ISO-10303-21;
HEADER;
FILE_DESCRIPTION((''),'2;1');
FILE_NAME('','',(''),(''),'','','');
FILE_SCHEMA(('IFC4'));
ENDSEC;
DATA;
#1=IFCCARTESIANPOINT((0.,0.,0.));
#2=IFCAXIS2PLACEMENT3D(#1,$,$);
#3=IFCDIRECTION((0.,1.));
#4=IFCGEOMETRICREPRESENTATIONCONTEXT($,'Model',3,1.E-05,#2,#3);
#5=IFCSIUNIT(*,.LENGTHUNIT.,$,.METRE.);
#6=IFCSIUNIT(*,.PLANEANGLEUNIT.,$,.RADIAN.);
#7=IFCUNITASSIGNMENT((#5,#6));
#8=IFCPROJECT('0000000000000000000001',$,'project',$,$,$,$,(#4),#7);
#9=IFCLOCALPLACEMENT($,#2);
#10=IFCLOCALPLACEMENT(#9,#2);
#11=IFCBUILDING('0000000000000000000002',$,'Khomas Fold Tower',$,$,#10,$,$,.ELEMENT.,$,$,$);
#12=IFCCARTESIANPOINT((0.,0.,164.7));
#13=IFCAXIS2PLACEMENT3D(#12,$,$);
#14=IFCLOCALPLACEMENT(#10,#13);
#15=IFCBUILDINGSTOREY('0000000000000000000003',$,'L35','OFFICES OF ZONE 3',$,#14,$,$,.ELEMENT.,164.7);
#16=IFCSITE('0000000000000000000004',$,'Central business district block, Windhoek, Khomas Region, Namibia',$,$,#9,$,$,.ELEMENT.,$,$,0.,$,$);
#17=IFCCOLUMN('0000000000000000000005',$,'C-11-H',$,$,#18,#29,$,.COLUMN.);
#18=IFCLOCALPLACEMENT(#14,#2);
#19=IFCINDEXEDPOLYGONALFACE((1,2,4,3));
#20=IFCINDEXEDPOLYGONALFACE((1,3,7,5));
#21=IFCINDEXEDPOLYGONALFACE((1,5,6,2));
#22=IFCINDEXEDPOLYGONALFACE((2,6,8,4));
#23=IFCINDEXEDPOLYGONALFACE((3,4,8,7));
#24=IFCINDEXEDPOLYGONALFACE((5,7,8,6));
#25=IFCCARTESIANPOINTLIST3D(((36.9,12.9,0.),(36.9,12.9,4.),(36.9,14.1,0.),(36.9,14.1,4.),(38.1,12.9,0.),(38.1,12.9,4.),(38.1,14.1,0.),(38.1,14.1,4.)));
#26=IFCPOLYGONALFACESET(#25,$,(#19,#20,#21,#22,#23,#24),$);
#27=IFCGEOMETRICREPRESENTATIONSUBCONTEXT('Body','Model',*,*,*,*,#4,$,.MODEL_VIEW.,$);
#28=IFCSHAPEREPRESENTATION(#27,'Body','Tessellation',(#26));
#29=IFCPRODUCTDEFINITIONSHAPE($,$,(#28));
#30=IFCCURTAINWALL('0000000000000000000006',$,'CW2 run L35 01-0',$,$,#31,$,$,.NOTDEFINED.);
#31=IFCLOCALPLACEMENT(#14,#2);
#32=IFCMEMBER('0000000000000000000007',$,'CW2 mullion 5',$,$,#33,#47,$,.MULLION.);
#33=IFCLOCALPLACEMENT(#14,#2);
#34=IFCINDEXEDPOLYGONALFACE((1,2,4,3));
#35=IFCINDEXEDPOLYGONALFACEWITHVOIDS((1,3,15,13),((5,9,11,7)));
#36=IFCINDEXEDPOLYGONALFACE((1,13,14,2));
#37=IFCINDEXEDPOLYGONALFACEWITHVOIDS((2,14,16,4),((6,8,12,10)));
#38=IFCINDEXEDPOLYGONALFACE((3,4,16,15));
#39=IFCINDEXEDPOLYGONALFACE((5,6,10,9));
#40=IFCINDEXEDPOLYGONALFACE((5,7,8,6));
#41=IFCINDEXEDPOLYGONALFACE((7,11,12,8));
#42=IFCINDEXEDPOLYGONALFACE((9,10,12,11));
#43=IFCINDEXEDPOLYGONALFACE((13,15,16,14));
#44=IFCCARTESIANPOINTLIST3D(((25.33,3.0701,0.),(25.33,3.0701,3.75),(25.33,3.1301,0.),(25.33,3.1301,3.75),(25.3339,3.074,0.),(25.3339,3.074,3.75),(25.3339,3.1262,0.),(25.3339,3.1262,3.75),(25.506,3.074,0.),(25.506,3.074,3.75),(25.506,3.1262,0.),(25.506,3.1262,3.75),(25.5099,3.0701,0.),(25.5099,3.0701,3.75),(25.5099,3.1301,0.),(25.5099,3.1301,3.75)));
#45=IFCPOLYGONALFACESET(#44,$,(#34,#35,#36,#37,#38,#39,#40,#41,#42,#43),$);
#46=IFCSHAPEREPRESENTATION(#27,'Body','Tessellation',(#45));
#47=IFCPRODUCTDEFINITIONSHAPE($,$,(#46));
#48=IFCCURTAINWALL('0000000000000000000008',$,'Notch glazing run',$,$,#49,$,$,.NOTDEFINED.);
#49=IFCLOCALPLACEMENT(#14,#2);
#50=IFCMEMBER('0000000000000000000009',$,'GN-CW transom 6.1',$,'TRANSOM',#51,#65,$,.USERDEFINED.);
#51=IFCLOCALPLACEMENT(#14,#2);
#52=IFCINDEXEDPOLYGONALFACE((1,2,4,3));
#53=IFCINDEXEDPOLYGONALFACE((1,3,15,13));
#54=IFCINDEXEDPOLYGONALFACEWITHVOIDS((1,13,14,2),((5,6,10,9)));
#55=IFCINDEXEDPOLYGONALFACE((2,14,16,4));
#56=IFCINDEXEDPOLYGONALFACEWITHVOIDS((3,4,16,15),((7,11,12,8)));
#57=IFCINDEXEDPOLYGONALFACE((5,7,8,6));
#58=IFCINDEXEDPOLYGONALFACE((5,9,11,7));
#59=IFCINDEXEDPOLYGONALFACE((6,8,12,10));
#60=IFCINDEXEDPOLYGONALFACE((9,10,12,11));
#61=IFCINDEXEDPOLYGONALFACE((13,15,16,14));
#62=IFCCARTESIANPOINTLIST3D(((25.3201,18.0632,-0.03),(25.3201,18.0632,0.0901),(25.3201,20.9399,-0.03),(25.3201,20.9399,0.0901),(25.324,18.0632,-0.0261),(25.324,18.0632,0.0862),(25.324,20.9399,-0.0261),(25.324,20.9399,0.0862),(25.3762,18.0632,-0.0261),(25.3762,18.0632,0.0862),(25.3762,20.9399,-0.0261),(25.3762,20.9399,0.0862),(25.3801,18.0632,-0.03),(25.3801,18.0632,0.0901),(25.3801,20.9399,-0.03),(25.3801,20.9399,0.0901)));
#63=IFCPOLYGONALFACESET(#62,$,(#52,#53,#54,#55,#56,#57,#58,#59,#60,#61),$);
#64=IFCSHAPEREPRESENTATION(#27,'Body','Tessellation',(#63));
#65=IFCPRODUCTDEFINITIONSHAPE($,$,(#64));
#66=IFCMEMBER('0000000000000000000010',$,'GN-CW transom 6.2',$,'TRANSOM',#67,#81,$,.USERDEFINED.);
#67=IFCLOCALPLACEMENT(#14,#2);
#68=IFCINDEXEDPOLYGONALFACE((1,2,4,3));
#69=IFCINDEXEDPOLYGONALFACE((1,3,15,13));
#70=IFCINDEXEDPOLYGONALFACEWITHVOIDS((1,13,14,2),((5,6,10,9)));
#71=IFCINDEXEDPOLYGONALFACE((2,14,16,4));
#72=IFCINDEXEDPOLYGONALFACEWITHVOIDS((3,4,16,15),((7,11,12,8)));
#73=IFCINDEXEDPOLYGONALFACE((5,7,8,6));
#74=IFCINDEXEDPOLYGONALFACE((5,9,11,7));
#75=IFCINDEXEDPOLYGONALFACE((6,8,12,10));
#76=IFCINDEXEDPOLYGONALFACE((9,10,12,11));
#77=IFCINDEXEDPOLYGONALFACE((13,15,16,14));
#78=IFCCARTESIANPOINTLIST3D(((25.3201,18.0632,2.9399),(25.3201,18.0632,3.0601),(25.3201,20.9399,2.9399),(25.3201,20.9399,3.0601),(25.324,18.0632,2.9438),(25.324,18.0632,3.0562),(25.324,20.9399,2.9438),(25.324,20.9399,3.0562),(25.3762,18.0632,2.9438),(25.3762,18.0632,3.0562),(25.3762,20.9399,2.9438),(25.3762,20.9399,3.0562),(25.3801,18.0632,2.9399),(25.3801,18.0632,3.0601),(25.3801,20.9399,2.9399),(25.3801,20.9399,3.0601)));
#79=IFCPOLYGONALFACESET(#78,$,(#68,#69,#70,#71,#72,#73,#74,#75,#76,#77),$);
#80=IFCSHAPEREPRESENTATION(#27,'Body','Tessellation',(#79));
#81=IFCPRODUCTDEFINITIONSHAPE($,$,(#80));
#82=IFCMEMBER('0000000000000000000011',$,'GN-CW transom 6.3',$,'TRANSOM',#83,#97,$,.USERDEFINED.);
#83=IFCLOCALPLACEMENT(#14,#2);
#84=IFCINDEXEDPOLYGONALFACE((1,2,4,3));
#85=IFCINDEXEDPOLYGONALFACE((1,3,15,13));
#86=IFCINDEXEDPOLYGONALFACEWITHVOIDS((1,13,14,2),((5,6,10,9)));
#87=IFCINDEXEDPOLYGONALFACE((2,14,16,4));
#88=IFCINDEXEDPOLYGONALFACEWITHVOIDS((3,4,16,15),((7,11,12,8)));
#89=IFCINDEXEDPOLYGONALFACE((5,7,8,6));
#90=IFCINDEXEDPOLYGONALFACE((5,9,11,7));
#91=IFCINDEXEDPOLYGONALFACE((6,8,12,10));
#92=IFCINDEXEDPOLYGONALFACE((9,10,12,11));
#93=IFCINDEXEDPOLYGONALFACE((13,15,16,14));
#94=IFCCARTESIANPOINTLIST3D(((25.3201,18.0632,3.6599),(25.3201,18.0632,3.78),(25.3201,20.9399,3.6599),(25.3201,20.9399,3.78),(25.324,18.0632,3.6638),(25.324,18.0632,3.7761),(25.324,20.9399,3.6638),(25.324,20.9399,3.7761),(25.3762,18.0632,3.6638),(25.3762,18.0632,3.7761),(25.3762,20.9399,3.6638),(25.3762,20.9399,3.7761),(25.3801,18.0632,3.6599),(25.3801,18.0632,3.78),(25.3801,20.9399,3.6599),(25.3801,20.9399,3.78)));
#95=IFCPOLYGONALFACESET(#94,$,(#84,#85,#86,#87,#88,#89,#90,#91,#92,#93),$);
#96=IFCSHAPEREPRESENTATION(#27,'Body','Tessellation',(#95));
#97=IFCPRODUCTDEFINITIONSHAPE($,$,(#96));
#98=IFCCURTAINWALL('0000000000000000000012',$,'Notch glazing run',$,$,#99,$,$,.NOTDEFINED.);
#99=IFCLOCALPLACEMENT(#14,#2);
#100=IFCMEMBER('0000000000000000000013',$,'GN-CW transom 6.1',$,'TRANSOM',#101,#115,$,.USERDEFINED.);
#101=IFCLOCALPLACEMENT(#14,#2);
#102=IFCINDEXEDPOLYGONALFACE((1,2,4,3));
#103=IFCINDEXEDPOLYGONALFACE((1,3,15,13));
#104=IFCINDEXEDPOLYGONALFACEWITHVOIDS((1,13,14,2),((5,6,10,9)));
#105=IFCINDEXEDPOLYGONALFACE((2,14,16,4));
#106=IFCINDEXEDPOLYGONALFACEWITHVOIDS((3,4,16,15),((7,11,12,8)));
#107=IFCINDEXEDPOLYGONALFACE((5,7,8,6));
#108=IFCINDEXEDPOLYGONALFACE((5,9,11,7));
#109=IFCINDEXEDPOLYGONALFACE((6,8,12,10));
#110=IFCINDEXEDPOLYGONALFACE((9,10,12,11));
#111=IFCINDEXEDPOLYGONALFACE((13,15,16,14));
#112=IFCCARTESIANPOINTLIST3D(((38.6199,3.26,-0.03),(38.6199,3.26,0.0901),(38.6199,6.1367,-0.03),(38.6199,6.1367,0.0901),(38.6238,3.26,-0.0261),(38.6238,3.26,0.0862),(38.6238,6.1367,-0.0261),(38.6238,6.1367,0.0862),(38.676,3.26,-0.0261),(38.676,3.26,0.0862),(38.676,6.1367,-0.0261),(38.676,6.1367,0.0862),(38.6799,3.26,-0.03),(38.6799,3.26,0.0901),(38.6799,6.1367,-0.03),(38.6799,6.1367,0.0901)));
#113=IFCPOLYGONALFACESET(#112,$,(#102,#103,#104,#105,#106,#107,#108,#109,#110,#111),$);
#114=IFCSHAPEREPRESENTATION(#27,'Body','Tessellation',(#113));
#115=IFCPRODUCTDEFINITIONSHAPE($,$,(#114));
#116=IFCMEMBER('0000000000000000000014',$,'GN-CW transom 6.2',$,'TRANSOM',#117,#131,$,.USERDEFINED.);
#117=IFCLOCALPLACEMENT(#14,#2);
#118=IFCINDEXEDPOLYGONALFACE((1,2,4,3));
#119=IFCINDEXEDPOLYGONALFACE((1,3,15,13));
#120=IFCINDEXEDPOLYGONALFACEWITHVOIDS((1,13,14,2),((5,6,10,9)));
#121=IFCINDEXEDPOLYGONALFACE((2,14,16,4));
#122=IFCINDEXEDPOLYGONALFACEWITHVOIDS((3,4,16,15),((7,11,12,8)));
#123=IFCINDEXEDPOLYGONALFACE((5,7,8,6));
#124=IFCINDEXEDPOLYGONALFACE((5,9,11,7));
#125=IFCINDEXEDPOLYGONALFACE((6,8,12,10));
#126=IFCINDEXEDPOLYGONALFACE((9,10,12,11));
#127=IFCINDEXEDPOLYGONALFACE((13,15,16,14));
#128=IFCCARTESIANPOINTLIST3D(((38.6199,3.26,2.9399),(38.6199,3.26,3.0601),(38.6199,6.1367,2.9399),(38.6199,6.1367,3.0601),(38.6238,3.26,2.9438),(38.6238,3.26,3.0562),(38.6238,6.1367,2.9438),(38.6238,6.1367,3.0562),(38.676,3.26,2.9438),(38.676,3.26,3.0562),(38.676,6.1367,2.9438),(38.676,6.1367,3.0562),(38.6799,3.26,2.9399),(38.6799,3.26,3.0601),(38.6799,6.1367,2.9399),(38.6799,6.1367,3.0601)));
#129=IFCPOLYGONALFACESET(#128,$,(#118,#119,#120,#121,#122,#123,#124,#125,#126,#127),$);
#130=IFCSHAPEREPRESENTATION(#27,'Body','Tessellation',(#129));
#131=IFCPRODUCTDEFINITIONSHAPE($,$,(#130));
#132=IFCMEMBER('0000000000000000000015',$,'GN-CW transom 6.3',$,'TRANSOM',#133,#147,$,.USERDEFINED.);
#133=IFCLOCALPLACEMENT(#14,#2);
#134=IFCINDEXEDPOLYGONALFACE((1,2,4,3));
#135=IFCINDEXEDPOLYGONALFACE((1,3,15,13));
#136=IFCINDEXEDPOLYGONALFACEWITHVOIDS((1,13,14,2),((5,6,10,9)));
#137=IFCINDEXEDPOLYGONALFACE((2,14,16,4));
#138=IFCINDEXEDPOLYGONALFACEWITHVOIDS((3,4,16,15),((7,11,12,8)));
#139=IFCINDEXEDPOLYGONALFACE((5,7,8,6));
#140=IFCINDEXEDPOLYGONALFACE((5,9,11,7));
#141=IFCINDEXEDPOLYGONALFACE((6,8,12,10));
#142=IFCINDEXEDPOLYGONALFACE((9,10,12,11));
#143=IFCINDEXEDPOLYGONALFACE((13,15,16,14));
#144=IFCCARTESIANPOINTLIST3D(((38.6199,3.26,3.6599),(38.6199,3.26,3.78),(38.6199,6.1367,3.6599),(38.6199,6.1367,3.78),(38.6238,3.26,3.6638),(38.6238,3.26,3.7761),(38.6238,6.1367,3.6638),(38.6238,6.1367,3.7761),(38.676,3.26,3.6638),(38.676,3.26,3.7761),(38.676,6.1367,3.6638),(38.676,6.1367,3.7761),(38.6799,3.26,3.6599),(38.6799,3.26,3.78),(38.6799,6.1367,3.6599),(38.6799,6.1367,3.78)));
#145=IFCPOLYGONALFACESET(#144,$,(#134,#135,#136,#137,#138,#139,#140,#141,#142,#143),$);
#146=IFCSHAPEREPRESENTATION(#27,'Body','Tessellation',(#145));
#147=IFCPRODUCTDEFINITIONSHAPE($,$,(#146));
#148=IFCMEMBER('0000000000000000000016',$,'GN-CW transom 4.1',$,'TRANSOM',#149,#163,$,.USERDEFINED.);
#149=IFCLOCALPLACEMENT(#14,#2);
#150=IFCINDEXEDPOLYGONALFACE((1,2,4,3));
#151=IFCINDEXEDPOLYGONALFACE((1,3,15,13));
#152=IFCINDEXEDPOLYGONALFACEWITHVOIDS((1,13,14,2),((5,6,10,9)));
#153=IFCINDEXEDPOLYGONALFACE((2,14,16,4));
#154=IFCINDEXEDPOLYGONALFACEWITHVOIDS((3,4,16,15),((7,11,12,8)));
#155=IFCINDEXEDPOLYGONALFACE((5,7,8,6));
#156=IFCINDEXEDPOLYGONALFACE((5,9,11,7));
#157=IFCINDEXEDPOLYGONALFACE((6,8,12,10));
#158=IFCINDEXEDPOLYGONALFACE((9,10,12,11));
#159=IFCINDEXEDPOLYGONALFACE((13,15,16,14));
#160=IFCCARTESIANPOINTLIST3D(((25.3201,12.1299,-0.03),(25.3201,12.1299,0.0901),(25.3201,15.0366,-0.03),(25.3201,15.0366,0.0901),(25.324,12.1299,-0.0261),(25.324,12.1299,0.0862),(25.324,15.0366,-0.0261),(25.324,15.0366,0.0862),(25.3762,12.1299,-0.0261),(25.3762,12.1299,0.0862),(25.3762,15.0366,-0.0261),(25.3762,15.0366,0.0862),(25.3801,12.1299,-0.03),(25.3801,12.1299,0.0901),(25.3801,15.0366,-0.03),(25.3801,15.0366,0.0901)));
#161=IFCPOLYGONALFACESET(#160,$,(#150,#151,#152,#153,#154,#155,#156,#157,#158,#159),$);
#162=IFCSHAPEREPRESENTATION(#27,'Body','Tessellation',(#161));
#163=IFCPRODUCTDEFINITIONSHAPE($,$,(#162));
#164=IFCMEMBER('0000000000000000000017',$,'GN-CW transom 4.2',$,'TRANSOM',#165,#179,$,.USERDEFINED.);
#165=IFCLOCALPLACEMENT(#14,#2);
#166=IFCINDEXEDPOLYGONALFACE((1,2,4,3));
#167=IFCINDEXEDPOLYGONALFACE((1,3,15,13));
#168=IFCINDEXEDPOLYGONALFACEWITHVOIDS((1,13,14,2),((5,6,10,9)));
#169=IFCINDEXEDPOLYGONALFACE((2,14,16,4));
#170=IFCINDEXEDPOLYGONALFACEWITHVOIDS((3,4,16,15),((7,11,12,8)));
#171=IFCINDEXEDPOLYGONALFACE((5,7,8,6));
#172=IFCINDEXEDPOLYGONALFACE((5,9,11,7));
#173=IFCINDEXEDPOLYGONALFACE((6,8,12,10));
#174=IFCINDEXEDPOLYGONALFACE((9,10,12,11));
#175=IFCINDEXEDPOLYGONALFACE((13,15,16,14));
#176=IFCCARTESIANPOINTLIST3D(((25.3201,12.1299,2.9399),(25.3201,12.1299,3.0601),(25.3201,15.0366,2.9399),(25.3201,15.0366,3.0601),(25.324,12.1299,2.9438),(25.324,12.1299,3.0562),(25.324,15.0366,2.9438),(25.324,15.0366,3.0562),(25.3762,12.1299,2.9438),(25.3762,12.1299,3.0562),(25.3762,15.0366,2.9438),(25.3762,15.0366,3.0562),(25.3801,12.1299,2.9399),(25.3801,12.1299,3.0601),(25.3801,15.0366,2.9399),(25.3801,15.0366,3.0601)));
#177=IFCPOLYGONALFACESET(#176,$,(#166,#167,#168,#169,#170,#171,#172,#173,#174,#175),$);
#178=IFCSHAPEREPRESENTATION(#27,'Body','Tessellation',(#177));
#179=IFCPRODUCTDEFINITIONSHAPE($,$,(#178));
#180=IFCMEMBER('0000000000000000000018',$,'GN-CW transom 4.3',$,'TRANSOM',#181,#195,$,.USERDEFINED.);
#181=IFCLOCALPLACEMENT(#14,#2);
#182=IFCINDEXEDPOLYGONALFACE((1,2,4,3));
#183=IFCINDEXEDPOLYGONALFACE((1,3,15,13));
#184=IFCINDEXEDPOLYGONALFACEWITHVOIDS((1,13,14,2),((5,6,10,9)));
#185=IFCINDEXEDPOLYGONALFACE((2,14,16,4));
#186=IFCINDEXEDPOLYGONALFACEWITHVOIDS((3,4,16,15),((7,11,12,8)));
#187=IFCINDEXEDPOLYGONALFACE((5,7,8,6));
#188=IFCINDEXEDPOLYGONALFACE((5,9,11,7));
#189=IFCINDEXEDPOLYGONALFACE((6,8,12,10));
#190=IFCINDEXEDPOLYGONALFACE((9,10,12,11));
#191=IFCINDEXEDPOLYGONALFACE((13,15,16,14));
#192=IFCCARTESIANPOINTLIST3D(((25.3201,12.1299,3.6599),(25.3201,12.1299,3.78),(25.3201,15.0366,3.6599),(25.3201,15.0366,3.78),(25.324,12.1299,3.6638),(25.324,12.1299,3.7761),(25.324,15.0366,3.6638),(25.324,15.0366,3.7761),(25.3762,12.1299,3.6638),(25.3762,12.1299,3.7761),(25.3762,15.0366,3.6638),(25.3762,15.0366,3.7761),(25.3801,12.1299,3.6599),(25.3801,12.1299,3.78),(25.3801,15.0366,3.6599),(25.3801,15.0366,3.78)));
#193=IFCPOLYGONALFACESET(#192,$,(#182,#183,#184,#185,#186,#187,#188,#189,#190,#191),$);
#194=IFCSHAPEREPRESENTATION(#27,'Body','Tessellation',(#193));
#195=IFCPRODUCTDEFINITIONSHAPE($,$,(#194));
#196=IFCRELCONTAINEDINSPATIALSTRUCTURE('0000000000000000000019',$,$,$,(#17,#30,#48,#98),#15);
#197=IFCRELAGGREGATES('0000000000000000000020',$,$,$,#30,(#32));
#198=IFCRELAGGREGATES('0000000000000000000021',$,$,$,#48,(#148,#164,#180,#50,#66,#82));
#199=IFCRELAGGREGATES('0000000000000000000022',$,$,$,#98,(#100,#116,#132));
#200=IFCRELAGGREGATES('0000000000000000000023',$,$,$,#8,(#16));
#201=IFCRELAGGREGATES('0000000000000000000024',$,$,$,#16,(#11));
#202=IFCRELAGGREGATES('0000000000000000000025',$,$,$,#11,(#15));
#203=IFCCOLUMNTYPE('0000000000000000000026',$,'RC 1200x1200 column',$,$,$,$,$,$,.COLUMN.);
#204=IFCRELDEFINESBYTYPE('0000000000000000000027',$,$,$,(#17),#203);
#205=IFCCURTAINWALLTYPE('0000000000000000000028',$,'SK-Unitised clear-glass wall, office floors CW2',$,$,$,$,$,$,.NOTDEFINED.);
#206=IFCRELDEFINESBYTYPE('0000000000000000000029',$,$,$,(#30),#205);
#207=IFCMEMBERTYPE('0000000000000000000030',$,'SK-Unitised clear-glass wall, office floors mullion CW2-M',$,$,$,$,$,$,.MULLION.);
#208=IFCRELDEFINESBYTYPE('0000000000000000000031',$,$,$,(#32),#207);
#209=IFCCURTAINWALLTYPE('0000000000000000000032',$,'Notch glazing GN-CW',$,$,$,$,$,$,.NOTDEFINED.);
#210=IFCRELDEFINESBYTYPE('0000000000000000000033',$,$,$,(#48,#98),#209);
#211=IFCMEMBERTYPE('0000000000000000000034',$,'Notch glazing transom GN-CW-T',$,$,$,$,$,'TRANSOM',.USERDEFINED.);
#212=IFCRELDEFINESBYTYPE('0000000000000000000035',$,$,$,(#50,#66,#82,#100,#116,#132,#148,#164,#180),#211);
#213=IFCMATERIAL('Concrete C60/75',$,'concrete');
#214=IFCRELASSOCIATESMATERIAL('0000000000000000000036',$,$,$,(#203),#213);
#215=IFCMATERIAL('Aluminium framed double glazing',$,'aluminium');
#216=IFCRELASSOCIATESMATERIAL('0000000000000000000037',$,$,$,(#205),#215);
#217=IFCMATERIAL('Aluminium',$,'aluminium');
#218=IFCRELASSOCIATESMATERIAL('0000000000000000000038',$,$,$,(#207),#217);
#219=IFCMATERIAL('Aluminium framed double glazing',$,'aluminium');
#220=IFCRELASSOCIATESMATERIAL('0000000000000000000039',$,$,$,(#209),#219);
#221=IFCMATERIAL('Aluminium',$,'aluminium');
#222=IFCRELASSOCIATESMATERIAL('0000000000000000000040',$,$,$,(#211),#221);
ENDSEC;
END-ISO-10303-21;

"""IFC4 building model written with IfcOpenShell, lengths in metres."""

from ifc_helpers import new_model, si_unit, direction, frame, origin, origin_2d, place, context, subcontext, project, spatial, rectangle, hollow_rectangle, extrude, source, transform, mapped, material, material_profile, profile_set, type_object, element, aggregate, save


model = new_model("IFC4")

# Units and contexts
model_context = context("Model", 3, precision=1e-05, world=origin(), true_north=direction((0.0, 1.0)))
body_context = subcontext(model_context, "Body", "Model", "MODEL_VIEW")
ifc_project = project(units=[si_unit("LENGTHUNIT", "METRE"), si_unit("PLANEANGLEUNIT", "RADIAN")], contexts=[model_context])

# Site, building, storey
site_placement = place(None, origin())
site = spatial("IfcSite", under=ifc_project, at=site_placement, Name="Central business district block, Windhoek, Khomas Region, Namibia", CompositionType="ELEMENT", RefElevation=0.0)
building_placement = place(site_placement, origin())
building = spatial("IfcBuilding", under=site, at=building_placement, Name="Khomas Fold Tower", CompositionType="ELEMENT")
storey_placement = place(building_placement, frame((0.0, 0.0, 164.7)))
storey = spatial("IfcBuildingStorey", under=building, at=storey_placement, Name="L35", Description="OFFICES OF ZONE 3", CompositionType="ELEMENT", Elevation=164.7)

# Column
ifc_material_1 = material(Name="Concrete C60/75", Category="concrete")
ifc_material_profile_1 = material_profile(ifc_material_1, rectangle(XDim=1.2, YDim=1.2, at=origin_2d()), Name="RC 1200x1200")
ifc_profile_set_1 = profile_set([ifc_material_profile_1], Name="Concrete C60/75")
column_type = type_object("IfcColumnType", Name="RC 1200x1200 column", PredefinedType="COLUMN", material=ifc_profile_set_1)
shared_shape_1 = source(origin(), body_context, "Body", "SweptSolid", [
    extrude(rectangle(XDim=1.2, YDim=1.2, at=origin_2d()), origin(), (0.0, 0.0, 1.0), 4.0),
])
column_placement = place(storey_placement, frame((37.5, 13.5, 0.0), z_axis=(0.0, 0.0, 1.0), x_axis=(1.0, 0.0, 0.0)))
element("IfcColumn", 1, at=column_placement, inside=storey, type_object=column_type, Name="C-11-H", PredefinedType="COLUMN", context=body_context, shape_type="MappedRepresentation", body=[
    mapped(shared_shape_1, transform((0.0, 0.0, 0.0))),
])

# Curtain wall, member
ifc_material_2 = material(Name="Aluminium framed double glazing", Category="aluminium")
curtain_wall_type_1 = type_object("IfcCurtainWallType", Name="SK-Unitised clear-glass wall, office floors CW2", PredefinedType="NOTDEFINED", material=ifc_material_2)
curtain_wall_1_placement = place(storey_placement, origin())
curtain_wall_1 = element("IfcCurtainWall", 2, at=curtain_wall_1_placement, inside=storey, type_object=curtain_wall_type_1, Name="CW2 run L35 01-0", PredefinedType="NOTDEFINED")
ifc_material_3 = material(Name="Aluminium", Category="aluminium")
ifc_material_profile_2 = material_profile(ifc_material_3, hollow_rectangle(XDim=0.0601, YDim=0.1799, WallThickness=0.0039, at=origin_2d()), Name="SK-Unitised clear-glass wall, office floors mullion CW2-M")
ifc_profile_set_2 = profile_set([ifc_material_profile_2], Name="Aluminium")
member_type_1 = type_object("IfcMemberType", Name="SK-Unitised clear-glass wall, office floors mullion CW2-M", PredefinedType="MULLION", material=ifc_profile_set_2)
shared_shape_2 = source(origin(), body_context, "Body", "SweptSolid", [
    extrude(hollow_rectangle(XDim=0.0601, YDim=0.1799, WallThickness=0.0039, at=origin_2d()), origin(), (0.0, 0.0, 1.0), 3.75),
])
member_1_placement = place(storey_placement, frame((25.4199, 3.1001, 0.0), z_axis=(0.0, 0.0, 1.0), x_axis=(0.0, 1.0, 0.0)))
member_1 = element("IfcMember", 3, at=member_1_placement, type_object=member_type_1, Name="CW2 mullion 5", PredefinedType="MULLION", context=body_context, shape_type="MappedRepresentation", body=[
    mapped(shared_shape_2, transform((0.0, 0.0, 0.0))),
])
aggregate(curtain_wall_1, [member_1])

# Curtain walls, members
ifc_material_4 = material(Name="Aluminium framed double glazing", Category="aluminium")
curtain_wall_type_2 = type_object("IfcCurtainWallType", Name="Notch glazing GN-CW", PredefinedType="NOTDEFINED", material=ifc_material_4)
curtain_wall_2_placement = place(storey_placement, origin())
curtain_wall_2 = element("IfcCurtainWall", 4, at=curtain_wall_2_placement, inside=storey, type_object=curtain_wall_type_2, Name="Notch glazing run", PredefinedType="NOTDEFINED")
ifc_material_5 = material(Name="Aluminium", Category="aluminium")
ifc_material_profile_3 = material_profile(ifc_material_5, hollow_rectangle(XDim=0.0601, YDim=0.1201, WallThickness=0.0039, at=origin_2d()), Name="Notch glazing transom GN-CW-T")
ifc_profile_set_3 = profile_set([ifc_material_profile_3], Name="Aluminium")
member_type_2 = type_object("IfcMemberType", Name="Notch glazing transom GN-CW-T", ElementType="TRANSOM", PredefinedType="USERDEFINED", material=ifc_profile_set_3)
shared_shape_3 = source(origin(), body_context, "Body", "SweptSolid", [
    extrude(hollow_rectangle(XDim=0.0601, YDim=0.1201, WallThickness=0.0039, at=origin_2d()), origin(), (0.0, 0.0, 1.0), 2.8767),
])
member_2_placement = place(storey_placement, frame((25.3501, 18.0632, 0.03), z_axis=(0.0, 1.0, 0.0), x_axis=(-1.0, 0.0, 0.0)))
member_2 = element("IfcMember", 5, at=member_2_placement, type_object=member_type_2, Name="GN-CW transom 6.1", ObjectType="TRANSOM", PredefinedType="USERDEFINED", context=body_context, shape_type="MappedRepresentation", body=[
    mapped(shared_shape_3, transform((0.0, 0.0, 0.0))),
])
member_3_placement = place(storey_placement, frame((25.3501, 18.0632, 3.0), z_axis=(0.0, 1.0, 0.0), x_axis=(-1.0, 0.0, 0.0)))
member_3 = element("IfcMember", 6, at=member_3_placement, type_object=member_type_2, Name="GN-CW transom 6.2", ObjectType="TRANSOM", PredefinedType="USERDEFINED", context=body_context, shape_type="MappedRepresentation", body=[
    mapped(shared_shape_3, transform((0.0, 0.0, 0.0))),
])
member_4_placement = place(storey_placement, frame((25.3501, 18.0632, 3.72), z_axis=(0.0, 1.0, 0.0), x_axis=(-1.0, 0.0, 0.0)))
member_4 = element("IfcMember", 7, at=member_4_placement, type_object=member_type_2, Name="GN-CW transom 6.3", ObjectType="TRANSOM", PredefinedType="USERDEFINED", context=body_context, shape_type="MappedRepresentation", body=[
    mapped(shared_shape_3, transform((0.0, 0.0, 0.0))),
])
curtain_wall_3_placement = place(storey_placement, origin())
curtain_wall_3 = element("IfcCurtainWall", 8, at=curtain_wall_3_placement, inside=storey, type_object=curtain_wall_type_2, Name="Notch glazing run", PredefinedType="NOTDEFINED")
member_5_placement = place(storey_placement, frame((38.6499, 6.1367, 0.03), z_axis=(0.0, -1.0, 0.0), x_axis=(1.0, 0.0, 0.0)))
member_5 = element("IfcMember", 9, at=member_5_placement, type_object=member_type_2, Name="GN-CW transom 6.1", ObjectType="TRANSOM", PredefinedType="USERDEFINED", context=body_context, shape_type="MappedRepresentation", body=[
    mapped(shared_shape_3, transform((0.0, 0.0, 0.0))),
])
member_6_placement = place(storey_placement, frame((38.6499, 6.1367, 3.0), z_axis=(0.0, -1.0, 0.0), x_axis=(1.0, 0.0, 0.0)))
member_6 = element("IfcMember", 10, at=member_6_placement, type_object=member_type_2, Name="GN-CW transom 6.2", ObjectType="TRANSOM", PredefinedType="USERDEFINED", context=body_context, shape_type="MappedRepresentation", body=[
    mapped(shared_shape_3, transform((0.0, 0.0, 0.0))),
])
member_7_placement = place(storey_placement, frame((38.6499, 6.1367, 3.72), z_axis=(0.0, -1.0, 0.0), x_axis=(1.0, 0.0, 0.0)))
member_7 = element("IfcMember", 11, at=member_7_placement, type_object=member_type_2, Name="GN-CW transom 6.3", ObjectType="TRANSOM", PredefinedType="USERDEFINED", context=body_context, shape_type="MappedRepresentation", body=[
    mapped(shared_shape_3, transform((0.0, 0.0, 0.0))),
])

# Members
shared_shape_4 = source(origin(), body_context, "Body", "SweptSolid", [
    extrude(hollow_rectangle(XDim=0.0601, YDim=0.1201, WallThickness=0.0039, at=origin_2d()), origin(), (0.0, 0.0, 1.0), 2.9067),
])
member_8_placement = place(storey_placement, frame((25.3501, 12.1299, 0.03), z_axis=(0.0, 1.0, 0.0), x_axis=(-1.0, 0.0, 0.0)))
member_8 = element("IfcMember", 12, at=member_8_placement, type_object=member_type_2, Name="GN-CW transom 4.1", ObjectType="TRANSOM", PredefinedType="USERDEFINED", context=body_context, shape_type="MappedRepresentation", body=[
    mapped(shared_shape_4, transform((0.0, 0.0, 0.0))),
])
member_9_placement = place(storey_placement, frame((25.3501, 12.1299, 3.0), z_axis=(0.0, 1.0, 0.0), x_axis=(-1.0, 0.0, 0.0)))
member_9 = element("IfcMember", 13, at=member_9_placement, type_object=member_type_2, Name="GN-CW transom 4.2", ObjectType="TRANSOM", PredefinedType="USERDEFINED", context=body_context, shape_type="MappedRepresentation", body=[
    mapped(shared_shape_4, transform((0.0, 0.0, 0.0))),
])
member_10_placement = place(storey_placement, frame((25.3501, 12.1299, 3.72), z_axis=(0.0, 1.0, 0.0), x_axis=(-1.0, 0.0, 0.0)))
member_10 = element("IfcMember", 14, at=member_10_placement, type_object=member_type_2, Name="GN-CW transom 4.3", ObjectType="TRANSOM", PredefinedType="USERDEFINED", context=body_context, shape_type="MappedRepresentation", body=[
    mapped(shared_shape_4, transform((0.0, 0.0, 0.0))),
])

aggregate(curtain_wall_2, [member_8, member_9, member_10, member_2, member_3, member_4])
aggregate(curtain_wall_3, [member_5, member_6, member_7])

save(model, "model.ifc")
